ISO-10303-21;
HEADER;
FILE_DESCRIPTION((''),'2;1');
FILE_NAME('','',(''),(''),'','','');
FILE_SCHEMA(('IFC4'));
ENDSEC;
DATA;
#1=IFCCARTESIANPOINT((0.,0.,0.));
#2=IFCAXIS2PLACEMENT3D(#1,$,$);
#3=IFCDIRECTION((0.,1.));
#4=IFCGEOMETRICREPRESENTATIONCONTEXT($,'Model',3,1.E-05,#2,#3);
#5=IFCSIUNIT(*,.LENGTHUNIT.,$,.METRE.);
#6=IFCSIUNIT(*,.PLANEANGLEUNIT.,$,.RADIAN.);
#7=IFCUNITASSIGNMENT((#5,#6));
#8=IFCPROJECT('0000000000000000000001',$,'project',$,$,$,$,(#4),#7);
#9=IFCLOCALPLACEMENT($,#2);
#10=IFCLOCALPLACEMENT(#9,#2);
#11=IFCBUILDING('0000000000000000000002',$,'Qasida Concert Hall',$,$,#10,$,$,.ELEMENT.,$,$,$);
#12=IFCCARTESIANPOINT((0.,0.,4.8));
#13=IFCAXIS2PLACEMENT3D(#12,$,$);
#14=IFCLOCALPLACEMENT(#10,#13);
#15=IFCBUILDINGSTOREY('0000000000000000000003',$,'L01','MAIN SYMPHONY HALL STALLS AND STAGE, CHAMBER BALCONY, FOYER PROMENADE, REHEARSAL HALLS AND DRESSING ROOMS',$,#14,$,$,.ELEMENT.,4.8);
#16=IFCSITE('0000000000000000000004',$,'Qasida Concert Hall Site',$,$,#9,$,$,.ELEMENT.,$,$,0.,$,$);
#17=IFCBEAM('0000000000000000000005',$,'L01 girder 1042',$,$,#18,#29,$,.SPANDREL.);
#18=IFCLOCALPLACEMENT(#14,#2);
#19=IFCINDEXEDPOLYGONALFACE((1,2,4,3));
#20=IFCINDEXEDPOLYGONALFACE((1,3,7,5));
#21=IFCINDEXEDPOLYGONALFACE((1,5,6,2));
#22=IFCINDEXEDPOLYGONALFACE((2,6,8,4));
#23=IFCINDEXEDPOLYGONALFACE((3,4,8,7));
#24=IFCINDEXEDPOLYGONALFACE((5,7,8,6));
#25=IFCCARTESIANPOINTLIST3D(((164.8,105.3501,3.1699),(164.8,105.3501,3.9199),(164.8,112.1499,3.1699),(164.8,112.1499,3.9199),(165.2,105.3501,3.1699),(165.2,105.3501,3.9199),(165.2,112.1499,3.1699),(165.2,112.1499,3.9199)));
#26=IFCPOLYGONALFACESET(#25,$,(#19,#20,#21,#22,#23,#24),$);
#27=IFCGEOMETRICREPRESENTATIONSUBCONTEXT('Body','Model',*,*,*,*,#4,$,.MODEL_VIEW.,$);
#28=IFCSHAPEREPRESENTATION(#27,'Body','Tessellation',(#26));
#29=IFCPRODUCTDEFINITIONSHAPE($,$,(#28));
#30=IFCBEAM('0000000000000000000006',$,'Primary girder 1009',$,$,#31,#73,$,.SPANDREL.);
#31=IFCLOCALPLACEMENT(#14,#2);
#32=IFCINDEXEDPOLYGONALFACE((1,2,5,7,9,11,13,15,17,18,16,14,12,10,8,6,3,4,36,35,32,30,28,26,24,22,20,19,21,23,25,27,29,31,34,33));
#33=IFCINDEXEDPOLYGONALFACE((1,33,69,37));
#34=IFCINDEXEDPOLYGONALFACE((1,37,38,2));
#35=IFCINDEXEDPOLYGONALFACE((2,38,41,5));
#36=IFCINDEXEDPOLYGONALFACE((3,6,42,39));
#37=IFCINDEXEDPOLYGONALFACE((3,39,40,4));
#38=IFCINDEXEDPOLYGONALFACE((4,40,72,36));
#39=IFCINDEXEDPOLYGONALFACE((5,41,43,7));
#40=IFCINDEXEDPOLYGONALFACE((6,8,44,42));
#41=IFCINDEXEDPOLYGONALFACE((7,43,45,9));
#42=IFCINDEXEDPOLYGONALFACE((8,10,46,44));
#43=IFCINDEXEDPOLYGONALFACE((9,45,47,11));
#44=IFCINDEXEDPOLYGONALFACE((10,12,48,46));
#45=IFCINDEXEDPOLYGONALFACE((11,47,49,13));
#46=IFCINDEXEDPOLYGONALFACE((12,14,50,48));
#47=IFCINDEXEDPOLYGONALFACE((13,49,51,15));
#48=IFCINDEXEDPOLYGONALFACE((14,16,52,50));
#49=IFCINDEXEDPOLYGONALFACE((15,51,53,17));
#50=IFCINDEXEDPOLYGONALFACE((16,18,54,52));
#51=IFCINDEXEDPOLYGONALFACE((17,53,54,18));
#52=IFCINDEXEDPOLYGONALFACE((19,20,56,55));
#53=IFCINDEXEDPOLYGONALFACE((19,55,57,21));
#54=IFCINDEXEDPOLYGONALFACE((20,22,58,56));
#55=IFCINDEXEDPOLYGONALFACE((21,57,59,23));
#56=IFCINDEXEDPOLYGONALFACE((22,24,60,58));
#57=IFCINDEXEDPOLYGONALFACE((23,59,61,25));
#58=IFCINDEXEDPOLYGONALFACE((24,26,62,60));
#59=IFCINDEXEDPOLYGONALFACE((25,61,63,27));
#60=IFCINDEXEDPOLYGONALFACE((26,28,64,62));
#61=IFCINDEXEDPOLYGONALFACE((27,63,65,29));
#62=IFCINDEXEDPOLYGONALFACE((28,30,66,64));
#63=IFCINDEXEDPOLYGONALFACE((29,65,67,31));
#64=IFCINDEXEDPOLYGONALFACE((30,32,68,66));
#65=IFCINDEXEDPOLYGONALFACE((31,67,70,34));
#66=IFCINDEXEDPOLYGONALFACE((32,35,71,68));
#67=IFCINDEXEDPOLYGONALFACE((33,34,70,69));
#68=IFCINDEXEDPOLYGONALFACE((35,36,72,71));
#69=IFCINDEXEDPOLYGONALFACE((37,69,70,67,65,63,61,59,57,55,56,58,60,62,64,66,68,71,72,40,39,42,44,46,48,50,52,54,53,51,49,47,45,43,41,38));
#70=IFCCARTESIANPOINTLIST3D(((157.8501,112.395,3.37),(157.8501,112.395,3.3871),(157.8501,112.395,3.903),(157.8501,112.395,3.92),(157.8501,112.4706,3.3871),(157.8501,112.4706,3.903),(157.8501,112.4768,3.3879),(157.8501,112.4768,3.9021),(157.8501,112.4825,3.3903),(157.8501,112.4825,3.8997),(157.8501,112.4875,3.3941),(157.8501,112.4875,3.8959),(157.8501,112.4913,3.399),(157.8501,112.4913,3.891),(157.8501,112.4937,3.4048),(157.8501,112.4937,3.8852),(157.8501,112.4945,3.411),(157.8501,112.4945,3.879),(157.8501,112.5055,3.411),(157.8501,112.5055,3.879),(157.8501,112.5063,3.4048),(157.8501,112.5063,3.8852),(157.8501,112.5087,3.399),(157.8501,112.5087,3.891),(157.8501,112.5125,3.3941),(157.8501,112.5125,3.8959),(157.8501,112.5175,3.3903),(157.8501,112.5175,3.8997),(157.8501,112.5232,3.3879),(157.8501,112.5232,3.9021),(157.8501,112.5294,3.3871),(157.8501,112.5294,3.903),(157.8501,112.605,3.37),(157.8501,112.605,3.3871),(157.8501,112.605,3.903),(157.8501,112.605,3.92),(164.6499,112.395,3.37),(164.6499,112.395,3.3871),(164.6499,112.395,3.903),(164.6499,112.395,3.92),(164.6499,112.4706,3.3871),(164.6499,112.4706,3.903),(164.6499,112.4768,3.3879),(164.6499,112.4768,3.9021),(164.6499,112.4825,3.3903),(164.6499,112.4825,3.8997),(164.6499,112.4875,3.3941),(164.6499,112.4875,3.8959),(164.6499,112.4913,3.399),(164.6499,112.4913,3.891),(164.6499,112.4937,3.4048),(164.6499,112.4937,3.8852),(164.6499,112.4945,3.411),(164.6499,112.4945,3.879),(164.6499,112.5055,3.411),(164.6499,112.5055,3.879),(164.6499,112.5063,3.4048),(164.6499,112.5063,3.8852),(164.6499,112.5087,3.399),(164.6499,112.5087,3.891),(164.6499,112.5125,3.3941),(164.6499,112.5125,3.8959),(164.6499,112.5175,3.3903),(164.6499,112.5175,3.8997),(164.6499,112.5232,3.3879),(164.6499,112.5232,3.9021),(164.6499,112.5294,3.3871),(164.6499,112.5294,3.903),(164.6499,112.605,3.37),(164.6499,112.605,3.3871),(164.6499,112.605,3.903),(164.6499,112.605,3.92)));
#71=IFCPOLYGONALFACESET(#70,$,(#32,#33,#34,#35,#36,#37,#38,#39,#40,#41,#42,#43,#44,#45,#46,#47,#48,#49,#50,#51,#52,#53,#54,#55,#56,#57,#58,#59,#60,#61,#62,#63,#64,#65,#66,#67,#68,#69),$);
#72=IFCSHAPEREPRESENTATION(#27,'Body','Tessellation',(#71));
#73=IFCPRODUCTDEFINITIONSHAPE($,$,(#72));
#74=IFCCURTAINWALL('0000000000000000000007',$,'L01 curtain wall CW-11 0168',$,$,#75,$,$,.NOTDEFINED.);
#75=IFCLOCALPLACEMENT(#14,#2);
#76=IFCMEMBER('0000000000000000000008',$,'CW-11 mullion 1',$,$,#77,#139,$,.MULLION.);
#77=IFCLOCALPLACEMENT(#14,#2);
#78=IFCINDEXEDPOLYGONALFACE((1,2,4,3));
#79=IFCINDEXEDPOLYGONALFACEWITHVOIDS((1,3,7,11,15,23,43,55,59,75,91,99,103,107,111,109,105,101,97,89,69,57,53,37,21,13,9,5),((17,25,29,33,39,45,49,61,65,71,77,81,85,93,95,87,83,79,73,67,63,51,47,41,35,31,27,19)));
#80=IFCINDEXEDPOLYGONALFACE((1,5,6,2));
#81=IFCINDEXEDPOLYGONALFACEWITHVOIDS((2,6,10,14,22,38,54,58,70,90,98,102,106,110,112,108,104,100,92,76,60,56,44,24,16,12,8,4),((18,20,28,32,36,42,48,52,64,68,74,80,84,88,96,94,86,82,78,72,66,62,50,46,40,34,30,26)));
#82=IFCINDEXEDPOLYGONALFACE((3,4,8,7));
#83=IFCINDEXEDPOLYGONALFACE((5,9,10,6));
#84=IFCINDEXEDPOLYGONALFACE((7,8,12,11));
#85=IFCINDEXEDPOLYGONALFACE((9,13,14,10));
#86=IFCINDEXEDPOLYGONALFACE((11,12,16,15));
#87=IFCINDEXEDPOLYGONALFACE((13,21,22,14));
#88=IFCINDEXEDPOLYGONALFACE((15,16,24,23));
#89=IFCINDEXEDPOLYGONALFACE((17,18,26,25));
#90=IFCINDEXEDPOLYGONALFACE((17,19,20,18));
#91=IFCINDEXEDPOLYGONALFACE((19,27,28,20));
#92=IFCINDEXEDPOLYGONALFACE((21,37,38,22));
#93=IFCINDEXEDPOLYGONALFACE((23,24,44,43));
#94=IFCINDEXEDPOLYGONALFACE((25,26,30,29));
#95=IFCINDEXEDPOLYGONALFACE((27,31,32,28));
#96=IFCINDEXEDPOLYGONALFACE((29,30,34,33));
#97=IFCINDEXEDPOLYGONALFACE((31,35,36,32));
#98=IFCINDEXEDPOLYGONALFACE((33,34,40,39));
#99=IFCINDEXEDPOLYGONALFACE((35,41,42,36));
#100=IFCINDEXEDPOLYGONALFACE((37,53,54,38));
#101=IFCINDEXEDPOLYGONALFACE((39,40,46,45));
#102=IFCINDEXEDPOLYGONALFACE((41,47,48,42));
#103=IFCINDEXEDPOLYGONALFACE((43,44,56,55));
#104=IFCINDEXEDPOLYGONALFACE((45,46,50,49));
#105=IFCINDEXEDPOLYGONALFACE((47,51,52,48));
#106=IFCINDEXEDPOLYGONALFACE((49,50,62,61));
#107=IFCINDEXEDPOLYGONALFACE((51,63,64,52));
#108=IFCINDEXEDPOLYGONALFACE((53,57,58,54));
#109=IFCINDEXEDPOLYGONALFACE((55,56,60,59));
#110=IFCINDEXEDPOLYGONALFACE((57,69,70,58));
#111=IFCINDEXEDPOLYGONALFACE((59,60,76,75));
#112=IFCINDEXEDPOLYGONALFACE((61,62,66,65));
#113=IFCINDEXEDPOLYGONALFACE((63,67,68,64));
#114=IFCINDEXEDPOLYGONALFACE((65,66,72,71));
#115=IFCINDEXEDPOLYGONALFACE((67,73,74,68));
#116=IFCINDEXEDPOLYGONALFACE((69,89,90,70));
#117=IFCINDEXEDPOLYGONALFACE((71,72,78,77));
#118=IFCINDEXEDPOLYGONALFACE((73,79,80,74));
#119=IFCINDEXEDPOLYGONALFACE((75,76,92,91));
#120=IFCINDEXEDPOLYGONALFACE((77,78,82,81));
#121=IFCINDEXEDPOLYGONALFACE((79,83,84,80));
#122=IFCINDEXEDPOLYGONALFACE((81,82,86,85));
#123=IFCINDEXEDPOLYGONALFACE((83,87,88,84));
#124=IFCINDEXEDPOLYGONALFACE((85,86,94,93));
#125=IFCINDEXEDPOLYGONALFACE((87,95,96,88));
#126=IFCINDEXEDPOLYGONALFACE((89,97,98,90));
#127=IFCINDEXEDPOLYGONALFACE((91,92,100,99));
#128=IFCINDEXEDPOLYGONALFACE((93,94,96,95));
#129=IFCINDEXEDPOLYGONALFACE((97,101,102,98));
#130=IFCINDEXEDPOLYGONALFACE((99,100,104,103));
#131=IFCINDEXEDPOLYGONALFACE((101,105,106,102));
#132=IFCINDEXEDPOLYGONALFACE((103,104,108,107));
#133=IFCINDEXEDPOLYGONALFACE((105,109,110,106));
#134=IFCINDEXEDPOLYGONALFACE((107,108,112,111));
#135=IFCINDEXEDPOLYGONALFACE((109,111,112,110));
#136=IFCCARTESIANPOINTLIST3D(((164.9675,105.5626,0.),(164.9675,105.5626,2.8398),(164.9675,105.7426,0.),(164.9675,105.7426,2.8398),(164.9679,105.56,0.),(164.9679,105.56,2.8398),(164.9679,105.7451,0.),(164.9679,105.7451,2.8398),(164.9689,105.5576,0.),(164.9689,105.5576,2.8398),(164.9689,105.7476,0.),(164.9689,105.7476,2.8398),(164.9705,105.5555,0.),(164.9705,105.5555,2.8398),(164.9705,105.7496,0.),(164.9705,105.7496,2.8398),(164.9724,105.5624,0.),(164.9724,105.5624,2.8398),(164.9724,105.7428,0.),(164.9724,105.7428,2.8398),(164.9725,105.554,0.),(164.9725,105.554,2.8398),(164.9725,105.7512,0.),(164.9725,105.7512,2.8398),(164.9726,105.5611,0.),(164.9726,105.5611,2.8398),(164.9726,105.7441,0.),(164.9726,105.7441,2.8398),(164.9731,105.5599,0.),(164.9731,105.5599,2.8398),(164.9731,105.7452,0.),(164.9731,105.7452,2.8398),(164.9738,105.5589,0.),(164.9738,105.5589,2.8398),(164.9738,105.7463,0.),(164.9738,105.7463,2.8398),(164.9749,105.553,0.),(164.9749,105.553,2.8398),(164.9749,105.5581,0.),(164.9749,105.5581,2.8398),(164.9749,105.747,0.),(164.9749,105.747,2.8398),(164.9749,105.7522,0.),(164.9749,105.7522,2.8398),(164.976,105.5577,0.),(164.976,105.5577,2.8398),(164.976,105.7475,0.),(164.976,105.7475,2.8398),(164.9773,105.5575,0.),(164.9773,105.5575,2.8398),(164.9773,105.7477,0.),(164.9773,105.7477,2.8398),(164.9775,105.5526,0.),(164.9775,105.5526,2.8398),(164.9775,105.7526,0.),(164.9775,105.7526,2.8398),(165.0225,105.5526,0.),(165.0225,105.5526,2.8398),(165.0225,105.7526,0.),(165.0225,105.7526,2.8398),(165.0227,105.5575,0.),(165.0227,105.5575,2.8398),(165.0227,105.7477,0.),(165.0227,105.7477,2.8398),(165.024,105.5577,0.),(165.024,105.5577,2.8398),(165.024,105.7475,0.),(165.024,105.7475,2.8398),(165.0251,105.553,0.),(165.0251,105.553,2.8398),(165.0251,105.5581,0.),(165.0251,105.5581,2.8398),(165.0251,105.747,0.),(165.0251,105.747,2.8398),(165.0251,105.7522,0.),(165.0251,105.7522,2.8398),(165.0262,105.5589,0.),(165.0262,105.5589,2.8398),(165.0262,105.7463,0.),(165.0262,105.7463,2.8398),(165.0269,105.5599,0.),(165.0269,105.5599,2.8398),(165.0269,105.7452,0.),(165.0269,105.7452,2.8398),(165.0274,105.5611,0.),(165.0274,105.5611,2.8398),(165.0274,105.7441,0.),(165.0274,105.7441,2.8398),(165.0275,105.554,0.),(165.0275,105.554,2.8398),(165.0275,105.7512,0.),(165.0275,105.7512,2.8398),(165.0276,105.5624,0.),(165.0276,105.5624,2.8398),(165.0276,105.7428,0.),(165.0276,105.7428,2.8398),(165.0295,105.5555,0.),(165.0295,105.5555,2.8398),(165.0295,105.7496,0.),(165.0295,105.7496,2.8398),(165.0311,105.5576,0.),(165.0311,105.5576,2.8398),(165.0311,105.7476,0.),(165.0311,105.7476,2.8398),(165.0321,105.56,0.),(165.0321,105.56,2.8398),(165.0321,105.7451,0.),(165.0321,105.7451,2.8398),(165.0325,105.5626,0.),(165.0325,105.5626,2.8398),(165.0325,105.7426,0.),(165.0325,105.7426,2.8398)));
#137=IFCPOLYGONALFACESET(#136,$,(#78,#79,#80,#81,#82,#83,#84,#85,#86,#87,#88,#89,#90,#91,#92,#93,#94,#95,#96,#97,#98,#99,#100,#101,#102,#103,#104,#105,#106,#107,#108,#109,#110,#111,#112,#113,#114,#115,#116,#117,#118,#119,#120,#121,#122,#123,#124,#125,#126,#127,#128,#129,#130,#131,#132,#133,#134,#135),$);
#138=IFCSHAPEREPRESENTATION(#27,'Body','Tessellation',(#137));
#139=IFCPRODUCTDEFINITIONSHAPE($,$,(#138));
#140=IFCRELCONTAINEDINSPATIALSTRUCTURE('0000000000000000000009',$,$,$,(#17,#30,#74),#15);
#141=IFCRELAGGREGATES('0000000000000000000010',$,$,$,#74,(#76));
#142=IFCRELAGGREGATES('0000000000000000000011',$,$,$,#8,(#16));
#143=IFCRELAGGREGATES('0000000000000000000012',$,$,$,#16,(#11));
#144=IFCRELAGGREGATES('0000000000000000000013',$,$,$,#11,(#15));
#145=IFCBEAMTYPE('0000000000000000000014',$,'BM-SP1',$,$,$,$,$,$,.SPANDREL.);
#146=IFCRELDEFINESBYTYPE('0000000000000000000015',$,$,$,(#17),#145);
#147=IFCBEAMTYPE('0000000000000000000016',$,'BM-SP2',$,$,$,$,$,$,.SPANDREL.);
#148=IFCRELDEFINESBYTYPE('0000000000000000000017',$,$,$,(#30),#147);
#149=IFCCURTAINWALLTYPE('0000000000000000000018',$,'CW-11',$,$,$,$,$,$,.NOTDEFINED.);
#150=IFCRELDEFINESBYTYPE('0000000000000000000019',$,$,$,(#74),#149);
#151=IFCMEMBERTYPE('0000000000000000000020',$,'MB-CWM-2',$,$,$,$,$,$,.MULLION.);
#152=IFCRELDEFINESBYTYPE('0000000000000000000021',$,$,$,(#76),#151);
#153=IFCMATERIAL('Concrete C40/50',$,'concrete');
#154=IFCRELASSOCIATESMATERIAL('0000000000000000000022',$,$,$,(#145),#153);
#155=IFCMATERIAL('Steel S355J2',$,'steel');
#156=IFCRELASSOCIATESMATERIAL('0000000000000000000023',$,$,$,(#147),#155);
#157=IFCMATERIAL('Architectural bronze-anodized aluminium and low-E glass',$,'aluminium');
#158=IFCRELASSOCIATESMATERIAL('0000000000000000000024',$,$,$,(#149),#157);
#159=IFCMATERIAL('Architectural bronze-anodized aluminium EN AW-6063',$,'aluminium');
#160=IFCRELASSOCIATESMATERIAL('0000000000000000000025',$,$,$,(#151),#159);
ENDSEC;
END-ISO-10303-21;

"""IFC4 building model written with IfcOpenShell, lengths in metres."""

from ifc_helpers import new_model, si_unit, direction, frame, origin, origin_2d, place, context, subcontext, project, spatial, rectangle, hollow_rectangle, i_section, extrude, material, material_profile, profile_set, type_object, element, aggregate, save


model = new_model("IFC4")

# Units and contexts
model_context = context("Model", 3, precision=1e-05, world=origin(), true_north=direction((0.0, 1.0)))
body_context = subcontext(model_context, "Body", "Model", "MODEL_VIEW")
ifc_project = project(units=[si_unit("LENGTHUNIT", "METRE"), si_unit("PLANEANGLEUNIT", "RADIAN")], contexts=[model_context])

# Site, building, storey
site_placement = place(None, origin())
site = spatial("IfcSite", under=ifc_project, at=site_placement, Name="Qasida Concert Hall Site", CompositionType="ELEMENT", RefElevation=0.0)
building_placement = place(site_placement, origin())
building = spatial("IfcBuilding", under=site, at=building_placement, Name="Qasida Concert Hall", CompositionType="ELEMENT")
storey_placement = place(building_placement, frame((0.0, 0.0, 4.8)))
storey = spatial("IfcBuildingStorey", under=building, at=storey_placement, Name="L01", Description="MAIN SYMPHONY HALL STALLS AND STAGE, CHAMBER BALCONY, FOYER PROMENADE, REHEARSAL HALLS AND DRESSING ROOMS", CompositionType="ELEMENT", Elevation=4.8)

# Beams
ifc_material_1 = material(Name="Concrete C40/50", Category="concrete")
ifc_material_2 = material(Name="Steel S355J2", Category="steel")
ifc_material_profile_1 = material_profile(ifc_material_1, rectangle(XDim=0.3999, YDim=0.75, at=origin_2d()), Name="RC 400x750")
ifc_profile_set_1 = profile_set([ifc_material_profile_1], Name="Concrete C40/50")
beam_type_1 = type_object("IfcBeamType", Name="BM-SP1", PredefinedType="SPANDREL", material=ifc_profile_set_1)
for number, where, z_axis, x_axis, name in (
    (1, (165.0, 105.3501, 3.5449), (0.0, 1.0, 0.0), (-1.0, 0.0, 0.0), "L01 girder 1042"),
):
    element("IfcBeam", number, at=place(storey_placement, frame(where, z_axis=z_axis, x_axis=x_axis)), inside=storey, type_object=beam_type_1, Name=name, PredefinedType="SPANDREL", context=body_context, shape_type="SweptSolid", body=[
        extrude(rectangle(XDim=0.3999, YDim=0.75, at=origin_2d()), origin(), (0.0, 0.0, 1.0), 6.7998),
    ])
ifc_material_profile_2 = material_profile(ifc_material_2, i_section(OverallWidth=0.21, OverallDepth=0.55, WebThickness=0.011, FlangeThickness=0.0171, FilletRadius=0.0239, at=origin_2d()), Name="IPE 550")
ifc_profile_set_2 = profile_set([ifc_material_profile_2], Name="Steel S355J2")
beam_type_2 = type_object("IfcBeamType", Name="BM-SP2", PredefinedType="SPANDREL", material=ifc_profile_set_2)
beam_1_placement = place(storey_placement, frame((157.8501, 112.5, 3.645), z_axis=(1.0, 0.0, 0.0), x_axis=(0.0, 1.0, 0.0)))
element("IfcBeam", 2, at=beam_1_placement, inside=storey, type_object=beam_type_2, Name="Primary girder 1009", PredefinedType="SPANDREL", context=body_context, shape_type="SweptSolid", body=[
    extrude(i_section(OverallWidth=0.21, OverallDepth=0.55, WebThickness=0.011, FlangeThickness=0.0171, FilletRadius=0.0239, at=origin_2d()), origin(), (0.0, 0.0, 1.0), 6.7998),
])

# Curtain wall, member
ifc_material_3 = material(Name="Architectural bronze-anodized aluminium and low-E glass", Category="aluminium")
curtain_wall_type = type_object("IfcCurtainWallType", Name="CW-11", PredefinedType="NOTDEFINED", material=ifc_material_3)
curtain_wall_placement = place(storey_placement, origin())
curtain_wall = element("IfcCurtainWall", 3, at=curtain_wall_placement, inside=storey, type_object=curtain_wall_type, Name="L01 curtain wall CW-11 0168", PredefinedType="NOTDEFINED")
ifc_material_4 = material(Name="Architectural bronze-anodized aluminium EN AW-6063", Category="aluminium")
ifc_material_profile_3 = material_profile(ifc_material_4, hollow_rectangle(XDim=0.0649, YDim=0.2, WallThickness=0.0049, InnerFilletRadius=0.0049, OuterFilletRadius=0.01, at=origin_2d()), Name="CWM 200x65x5")
ifc_profile_set_3 = profile_set([ifc_material_profile_3], Name="Architectural bronze-anodized aluminium EN AW-6063")
member_type_1 = type_object("IfcMemberType", Name="MB-CWM-2", PredefinedType="MULLION", material=ifc_profile_set_3)
member_1_placement = place(storey_placement, frame((165.0, 105.6526, 0.0), z_axis=(0.0, 0.0, 1.0), x_axis=(-1.0, 0.0, 0.0)))
member_1 = element("IfcMember", 4, at=member_1_placement, type_object=member_type_1, Name="CW-11 mullion 1", PredefinedType="MULLION", context=body_context, shape_type="SweptSolid", body=[
    extrude(hollow_rectangle(XDim=0.0649, YDim=0.2, WallThickness=0.0049, InnerFilletRadius=0.0049, OuterFilletRadius=0.01, at=origin_2d()), origin(), (0.0, 0.0, 1.0), 2.8398),
])
aggregate(curtain_wall, [member_1])

save(model, "model.ifc")
